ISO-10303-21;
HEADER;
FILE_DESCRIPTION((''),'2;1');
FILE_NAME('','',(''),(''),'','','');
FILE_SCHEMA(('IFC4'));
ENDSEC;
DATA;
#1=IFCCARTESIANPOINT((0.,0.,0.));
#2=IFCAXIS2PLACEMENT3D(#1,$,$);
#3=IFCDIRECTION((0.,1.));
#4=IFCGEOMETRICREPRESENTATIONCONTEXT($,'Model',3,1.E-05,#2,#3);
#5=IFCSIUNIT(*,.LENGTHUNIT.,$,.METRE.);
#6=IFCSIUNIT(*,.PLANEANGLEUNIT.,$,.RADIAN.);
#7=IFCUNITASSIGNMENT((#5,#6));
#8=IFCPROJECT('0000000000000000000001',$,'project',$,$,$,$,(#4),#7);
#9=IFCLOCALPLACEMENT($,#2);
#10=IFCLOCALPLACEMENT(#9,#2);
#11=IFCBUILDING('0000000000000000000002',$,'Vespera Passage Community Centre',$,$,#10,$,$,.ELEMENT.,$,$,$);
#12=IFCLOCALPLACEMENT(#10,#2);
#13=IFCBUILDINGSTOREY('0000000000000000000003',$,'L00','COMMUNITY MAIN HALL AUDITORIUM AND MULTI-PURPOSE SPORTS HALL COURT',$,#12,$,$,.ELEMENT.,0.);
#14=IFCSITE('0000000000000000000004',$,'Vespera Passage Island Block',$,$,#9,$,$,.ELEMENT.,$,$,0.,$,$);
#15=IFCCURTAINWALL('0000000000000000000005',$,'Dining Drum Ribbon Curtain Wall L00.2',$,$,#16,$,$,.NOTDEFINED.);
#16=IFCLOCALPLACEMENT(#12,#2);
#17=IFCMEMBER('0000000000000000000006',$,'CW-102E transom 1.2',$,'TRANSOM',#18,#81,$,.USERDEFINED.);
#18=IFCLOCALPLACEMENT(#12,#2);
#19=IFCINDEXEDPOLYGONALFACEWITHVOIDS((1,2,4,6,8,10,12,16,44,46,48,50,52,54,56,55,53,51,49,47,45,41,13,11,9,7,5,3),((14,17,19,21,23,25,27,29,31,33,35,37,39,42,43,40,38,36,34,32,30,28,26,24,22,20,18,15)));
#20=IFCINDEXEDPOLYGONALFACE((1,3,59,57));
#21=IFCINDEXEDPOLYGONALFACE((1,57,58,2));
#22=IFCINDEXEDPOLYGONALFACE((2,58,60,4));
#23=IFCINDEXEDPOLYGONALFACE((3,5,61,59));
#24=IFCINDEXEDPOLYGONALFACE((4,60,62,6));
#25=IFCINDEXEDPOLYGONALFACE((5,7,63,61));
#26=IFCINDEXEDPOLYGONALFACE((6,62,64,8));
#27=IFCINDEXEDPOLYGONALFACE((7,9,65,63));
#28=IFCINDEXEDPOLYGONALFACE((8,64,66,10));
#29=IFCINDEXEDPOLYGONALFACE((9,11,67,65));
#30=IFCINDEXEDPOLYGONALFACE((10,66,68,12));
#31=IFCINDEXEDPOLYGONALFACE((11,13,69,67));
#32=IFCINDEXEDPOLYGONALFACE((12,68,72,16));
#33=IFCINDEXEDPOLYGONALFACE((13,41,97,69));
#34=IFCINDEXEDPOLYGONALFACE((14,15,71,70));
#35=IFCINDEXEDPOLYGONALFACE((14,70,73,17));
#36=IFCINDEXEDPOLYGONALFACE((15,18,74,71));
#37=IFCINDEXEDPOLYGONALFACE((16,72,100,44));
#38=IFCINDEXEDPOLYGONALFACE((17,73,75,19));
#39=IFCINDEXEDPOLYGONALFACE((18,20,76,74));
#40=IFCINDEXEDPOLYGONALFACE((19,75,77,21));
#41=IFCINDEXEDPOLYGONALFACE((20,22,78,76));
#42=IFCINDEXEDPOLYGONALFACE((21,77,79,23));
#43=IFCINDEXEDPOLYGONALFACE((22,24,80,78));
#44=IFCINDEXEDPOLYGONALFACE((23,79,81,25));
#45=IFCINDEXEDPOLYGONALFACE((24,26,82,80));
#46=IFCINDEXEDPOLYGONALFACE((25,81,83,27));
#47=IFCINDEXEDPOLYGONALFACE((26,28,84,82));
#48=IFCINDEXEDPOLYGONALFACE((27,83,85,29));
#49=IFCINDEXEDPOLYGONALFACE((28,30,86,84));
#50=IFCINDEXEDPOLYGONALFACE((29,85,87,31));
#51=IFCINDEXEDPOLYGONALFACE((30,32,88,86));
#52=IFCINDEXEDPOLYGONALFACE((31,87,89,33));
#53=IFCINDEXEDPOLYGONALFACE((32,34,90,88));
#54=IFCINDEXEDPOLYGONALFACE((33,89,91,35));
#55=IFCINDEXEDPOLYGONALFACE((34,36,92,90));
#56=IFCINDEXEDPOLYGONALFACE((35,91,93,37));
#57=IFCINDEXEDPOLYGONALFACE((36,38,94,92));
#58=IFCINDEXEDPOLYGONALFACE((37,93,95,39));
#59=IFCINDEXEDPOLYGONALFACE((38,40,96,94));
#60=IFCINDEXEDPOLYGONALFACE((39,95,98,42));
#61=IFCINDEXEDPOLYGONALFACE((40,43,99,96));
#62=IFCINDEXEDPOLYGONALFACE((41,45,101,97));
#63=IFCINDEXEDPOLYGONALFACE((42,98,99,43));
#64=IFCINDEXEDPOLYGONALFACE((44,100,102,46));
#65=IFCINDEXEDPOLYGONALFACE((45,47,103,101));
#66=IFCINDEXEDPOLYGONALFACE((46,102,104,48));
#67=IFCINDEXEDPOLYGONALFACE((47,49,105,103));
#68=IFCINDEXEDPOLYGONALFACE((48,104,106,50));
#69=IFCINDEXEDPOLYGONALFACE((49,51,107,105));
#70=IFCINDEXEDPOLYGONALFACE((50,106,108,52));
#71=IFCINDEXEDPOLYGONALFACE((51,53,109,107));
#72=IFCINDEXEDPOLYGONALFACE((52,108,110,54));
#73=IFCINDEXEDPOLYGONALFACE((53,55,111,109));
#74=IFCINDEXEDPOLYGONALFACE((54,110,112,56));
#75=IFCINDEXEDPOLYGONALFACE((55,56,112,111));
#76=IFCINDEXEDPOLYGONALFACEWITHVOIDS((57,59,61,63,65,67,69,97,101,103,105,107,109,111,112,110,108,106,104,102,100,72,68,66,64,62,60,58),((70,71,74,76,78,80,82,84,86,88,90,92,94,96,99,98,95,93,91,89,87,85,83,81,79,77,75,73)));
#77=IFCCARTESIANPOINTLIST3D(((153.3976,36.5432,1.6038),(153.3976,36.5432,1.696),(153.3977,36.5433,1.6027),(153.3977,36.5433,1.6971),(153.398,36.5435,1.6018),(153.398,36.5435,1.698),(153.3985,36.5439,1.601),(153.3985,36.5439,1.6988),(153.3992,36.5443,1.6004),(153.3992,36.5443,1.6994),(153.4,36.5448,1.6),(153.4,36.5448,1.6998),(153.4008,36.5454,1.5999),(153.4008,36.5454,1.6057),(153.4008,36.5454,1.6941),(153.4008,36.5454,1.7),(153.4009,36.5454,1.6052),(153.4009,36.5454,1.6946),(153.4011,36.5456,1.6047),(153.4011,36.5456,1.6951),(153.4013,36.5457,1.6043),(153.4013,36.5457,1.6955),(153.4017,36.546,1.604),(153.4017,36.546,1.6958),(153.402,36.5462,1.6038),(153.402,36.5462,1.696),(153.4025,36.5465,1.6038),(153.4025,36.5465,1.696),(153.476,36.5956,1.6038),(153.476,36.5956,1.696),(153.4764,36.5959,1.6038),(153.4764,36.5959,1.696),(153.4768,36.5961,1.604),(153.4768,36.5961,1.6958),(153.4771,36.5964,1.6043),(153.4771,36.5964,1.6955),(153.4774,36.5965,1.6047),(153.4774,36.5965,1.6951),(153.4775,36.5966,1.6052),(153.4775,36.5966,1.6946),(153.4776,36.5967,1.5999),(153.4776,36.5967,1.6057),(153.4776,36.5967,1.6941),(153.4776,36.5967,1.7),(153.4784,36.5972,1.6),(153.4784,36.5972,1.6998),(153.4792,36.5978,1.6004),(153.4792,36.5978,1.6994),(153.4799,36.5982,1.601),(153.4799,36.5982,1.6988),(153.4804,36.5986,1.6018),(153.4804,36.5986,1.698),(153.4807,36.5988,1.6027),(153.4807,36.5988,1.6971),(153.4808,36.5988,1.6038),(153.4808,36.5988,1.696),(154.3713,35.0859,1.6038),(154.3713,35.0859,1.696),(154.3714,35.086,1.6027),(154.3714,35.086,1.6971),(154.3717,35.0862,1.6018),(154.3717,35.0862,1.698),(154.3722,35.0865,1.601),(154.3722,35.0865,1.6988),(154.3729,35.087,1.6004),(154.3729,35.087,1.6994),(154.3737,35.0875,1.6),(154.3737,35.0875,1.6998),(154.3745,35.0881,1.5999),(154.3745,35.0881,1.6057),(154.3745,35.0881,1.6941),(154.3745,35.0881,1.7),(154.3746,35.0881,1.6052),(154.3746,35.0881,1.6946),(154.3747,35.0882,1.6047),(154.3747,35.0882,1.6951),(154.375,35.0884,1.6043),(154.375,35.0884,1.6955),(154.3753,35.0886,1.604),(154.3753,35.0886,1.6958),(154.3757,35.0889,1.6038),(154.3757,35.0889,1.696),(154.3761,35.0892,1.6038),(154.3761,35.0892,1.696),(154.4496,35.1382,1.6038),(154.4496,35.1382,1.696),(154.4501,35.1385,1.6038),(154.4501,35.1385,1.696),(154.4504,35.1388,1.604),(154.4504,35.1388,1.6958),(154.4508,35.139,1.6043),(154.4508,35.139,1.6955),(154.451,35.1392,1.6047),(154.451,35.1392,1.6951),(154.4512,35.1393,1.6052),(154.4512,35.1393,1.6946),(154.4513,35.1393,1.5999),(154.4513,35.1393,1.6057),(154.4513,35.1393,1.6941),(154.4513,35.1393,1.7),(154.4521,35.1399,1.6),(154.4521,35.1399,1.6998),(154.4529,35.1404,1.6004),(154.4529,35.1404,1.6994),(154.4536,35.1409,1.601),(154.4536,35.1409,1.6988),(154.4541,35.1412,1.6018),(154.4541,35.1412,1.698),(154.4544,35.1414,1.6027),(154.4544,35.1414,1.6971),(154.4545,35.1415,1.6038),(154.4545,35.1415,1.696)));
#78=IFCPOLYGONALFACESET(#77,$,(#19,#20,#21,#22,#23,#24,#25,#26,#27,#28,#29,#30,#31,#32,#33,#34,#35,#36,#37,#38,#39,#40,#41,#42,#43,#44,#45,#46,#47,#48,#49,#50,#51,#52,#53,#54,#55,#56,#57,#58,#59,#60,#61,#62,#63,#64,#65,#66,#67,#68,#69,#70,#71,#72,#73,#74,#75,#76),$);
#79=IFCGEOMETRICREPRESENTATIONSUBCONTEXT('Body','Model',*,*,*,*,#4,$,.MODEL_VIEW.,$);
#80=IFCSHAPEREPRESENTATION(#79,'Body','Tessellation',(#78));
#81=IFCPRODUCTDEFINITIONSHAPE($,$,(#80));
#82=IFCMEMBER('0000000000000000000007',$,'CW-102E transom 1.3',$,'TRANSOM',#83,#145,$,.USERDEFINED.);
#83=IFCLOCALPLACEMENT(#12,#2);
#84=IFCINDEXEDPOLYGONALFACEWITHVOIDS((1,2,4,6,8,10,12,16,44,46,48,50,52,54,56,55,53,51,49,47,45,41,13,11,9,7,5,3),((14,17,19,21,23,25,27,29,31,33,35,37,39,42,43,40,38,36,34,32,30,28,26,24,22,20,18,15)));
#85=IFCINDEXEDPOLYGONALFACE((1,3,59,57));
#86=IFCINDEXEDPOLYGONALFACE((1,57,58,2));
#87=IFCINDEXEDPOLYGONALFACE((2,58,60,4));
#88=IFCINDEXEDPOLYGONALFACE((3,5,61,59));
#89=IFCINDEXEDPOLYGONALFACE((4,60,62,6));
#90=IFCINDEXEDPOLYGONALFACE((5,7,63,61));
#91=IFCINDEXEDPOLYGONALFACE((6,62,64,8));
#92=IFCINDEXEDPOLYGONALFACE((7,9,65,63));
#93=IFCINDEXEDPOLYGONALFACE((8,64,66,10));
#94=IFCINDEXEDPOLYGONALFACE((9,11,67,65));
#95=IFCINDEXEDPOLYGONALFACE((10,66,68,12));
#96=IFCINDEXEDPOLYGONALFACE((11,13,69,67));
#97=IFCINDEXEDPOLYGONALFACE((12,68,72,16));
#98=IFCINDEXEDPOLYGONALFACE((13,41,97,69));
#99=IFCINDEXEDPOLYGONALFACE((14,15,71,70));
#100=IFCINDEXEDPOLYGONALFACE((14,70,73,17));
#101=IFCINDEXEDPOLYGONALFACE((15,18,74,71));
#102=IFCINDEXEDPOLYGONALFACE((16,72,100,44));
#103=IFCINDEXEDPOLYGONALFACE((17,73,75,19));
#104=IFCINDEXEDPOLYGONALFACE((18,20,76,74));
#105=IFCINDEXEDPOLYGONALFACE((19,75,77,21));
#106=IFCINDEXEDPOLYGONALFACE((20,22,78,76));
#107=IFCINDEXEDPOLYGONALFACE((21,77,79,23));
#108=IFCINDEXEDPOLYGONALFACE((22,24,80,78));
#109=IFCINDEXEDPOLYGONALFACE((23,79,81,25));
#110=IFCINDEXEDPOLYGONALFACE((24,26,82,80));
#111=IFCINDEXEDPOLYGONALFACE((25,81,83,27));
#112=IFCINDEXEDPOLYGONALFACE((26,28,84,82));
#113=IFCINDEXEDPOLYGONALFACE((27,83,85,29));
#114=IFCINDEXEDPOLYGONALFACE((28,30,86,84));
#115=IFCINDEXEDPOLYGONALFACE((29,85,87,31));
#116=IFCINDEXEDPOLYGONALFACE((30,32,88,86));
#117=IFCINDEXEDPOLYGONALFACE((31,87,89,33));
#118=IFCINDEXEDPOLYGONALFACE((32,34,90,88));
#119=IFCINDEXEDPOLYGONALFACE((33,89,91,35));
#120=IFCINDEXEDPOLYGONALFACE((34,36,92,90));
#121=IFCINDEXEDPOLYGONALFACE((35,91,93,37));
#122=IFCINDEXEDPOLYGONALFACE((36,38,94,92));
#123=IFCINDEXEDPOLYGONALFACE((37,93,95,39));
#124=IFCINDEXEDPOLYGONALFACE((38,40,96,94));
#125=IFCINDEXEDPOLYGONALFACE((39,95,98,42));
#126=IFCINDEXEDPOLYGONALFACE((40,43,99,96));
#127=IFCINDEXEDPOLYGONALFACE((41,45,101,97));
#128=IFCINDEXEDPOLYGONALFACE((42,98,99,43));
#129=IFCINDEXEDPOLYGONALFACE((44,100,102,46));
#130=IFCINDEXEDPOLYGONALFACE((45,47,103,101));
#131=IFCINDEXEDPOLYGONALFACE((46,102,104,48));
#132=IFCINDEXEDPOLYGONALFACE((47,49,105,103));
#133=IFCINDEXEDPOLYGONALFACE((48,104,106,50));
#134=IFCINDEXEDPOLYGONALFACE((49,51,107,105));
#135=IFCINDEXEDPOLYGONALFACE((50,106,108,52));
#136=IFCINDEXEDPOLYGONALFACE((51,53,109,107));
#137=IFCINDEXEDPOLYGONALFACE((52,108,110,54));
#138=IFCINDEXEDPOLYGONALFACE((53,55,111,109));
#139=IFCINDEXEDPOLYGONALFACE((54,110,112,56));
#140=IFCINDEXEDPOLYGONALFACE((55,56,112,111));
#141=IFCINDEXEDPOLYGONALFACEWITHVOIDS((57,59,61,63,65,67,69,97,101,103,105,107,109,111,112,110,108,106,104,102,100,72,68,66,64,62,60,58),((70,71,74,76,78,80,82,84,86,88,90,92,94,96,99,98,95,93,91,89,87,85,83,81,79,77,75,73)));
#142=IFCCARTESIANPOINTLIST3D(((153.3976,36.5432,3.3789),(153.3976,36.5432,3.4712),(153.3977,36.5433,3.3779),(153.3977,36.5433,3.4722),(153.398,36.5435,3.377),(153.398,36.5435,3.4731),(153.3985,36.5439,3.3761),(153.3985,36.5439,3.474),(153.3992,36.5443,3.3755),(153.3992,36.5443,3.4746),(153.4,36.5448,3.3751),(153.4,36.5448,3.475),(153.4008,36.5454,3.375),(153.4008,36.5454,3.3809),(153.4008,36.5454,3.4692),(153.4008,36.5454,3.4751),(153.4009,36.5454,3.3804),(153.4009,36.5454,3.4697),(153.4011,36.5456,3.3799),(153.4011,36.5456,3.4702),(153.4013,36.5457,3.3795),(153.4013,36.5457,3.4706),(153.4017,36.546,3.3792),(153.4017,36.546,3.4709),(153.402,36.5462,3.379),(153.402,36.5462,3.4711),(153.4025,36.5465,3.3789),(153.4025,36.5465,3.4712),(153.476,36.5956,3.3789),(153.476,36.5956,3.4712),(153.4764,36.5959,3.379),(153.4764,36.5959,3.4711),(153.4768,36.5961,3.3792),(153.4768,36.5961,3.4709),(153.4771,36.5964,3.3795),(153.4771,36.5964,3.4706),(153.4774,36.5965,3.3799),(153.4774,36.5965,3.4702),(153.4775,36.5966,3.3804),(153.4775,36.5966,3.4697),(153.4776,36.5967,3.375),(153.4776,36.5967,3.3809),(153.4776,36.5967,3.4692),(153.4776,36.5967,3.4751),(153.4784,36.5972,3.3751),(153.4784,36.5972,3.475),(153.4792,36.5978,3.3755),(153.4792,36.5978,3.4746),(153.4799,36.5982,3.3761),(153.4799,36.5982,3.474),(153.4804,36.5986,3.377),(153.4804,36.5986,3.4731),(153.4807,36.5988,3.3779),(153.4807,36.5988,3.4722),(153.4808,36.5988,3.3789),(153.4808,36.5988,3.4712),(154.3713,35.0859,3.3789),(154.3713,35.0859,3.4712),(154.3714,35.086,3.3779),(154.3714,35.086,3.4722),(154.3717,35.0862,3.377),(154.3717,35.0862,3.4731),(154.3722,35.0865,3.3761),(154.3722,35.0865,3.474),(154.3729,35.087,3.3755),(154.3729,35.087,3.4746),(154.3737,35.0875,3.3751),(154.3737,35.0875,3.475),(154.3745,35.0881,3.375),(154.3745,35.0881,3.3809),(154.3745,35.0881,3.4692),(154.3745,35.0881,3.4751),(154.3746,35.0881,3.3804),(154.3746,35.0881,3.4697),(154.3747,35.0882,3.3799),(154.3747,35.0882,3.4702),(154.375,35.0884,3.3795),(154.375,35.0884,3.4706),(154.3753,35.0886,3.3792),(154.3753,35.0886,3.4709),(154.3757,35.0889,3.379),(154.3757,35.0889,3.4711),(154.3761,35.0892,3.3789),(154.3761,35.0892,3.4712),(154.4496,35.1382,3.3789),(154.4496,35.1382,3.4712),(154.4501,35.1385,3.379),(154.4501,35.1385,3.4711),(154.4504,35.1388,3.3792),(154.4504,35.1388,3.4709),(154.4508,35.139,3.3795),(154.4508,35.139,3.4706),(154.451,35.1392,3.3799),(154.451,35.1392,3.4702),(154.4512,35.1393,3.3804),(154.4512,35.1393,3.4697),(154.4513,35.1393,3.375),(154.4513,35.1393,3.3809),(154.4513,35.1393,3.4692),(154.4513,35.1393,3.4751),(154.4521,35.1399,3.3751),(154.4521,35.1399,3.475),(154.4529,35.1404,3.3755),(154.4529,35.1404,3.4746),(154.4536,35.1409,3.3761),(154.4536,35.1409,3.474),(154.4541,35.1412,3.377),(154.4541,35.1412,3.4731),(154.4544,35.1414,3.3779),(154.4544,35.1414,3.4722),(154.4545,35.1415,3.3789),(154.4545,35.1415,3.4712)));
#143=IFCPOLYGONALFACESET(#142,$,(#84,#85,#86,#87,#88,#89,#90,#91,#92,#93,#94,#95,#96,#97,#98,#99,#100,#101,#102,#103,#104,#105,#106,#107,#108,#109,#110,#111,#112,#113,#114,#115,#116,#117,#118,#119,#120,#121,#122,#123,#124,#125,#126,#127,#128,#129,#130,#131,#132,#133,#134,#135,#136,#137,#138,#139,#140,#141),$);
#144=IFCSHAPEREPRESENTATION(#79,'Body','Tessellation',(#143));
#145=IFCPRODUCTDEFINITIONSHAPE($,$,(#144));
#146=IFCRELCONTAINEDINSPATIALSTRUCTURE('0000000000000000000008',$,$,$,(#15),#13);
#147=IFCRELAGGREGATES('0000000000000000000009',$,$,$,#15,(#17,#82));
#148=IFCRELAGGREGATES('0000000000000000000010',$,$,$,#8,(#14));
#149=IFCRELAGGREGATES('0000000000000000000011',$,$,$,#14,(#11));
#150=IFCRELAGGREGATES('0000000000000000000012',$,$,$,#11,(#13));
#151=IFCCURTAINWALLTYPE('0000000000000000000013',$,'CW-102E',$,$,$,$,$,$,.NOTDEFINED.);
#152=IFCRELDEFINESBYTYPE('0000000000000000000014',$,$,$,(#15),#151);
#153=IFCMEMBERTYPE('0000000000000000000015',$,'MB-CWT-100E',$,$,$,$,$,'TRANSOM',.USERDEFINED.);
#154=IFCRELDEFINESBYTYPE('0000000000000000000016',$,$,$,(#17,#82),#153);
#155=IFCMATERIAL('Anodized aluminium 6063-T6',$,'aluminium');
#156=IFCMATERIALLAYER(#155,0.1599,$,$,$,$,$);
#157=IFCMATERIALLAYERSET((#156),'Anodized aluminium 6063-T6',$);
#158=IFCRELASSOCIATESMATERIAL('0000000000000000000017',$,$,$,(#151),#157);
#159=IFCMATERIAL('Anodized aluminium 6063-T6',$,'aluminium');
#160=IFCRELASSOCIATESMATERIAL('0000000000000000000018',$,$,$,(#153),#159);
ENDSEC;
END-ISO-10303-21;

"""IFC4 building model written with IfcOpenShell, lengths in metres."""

from ifc_helpers import new_model, si_unit, direction, frame, origin, origin_2d, place, context, subcontext, project, spatial, hollow_rectangle, extrude, material, layer, layer_set, material_profile, profile_set, type_object, element, aggregate, save


model = new_model("IFC4")

# Units and contexts
model_context = context("Model", 3, precision=1e-05, world=origin(), true_north=direction((0.0, 1.0)))
body_context = subcontext(model_context, "Body", "Model", "MODEL_VIEW")
ifc_project = project(units=[si_unit("LENGTHUNIT", "METRE"), si_unit("PLANEANGLEUNIT", "RADIAN")], contexts=[model_context])

# Site, building, storey
site_placement = place(None, origin())
site = spatial("IfcSite", under=ifc_project, at=site_placement, Name="Vespera Passage Island Block", CompositionType="ELEMENT", RefElevation=0.0)
building_placement = place(site_placement, origin())
building = spatial("IfcBuilding", under=site, at=building_placement, Name="Vespera Passage Community Centre", CompositionType="ELEMENT")
storey_placement = place(building_placement, origin())
storey = spatial("IfcBuildingStorey", under=building, at=storey_placement, Name="L00", Description="COMMUNITY MAIN HALL AUDITORIUM AND MULTI-PURPOSE SPORTS HALL COURT", CompositionType="ELEMENT", Elevation=0.0)

# Curtain wall
ifc_material_1 = material(Name="Anodized aluminium 6063-T6", Category="aluminium")
ifc_layer_1 = layer(ifc_material_1, 0.1599)
ifc_layer_set_1 = layer_set([ifc_layer_1], Name="Anodized aluminium 6063-T6")
curtain_wall_type_1 = type_object("IfcCurtainWallType", Name="CW-102E", PredefinedType="NOTDEFINED", material=ifc_layer_set_1)
curtain_wall_1_placement = place(storey_placement, origin())
curtain_wall_1 = element("IfcCurtainWall", 1, at=curtain_wall_1_placement, inside=storey, type_object=curtain_wall_type_1, Name="Dining Drum Ribbon Curtain Wall L00.2", PredefinedType="NOTDEFINED")

# Members
ifc_material_2 = material(Name="Anodized aluminium 6063-T6", Category="aluminium")
ifc_material_profile_1 = material_profile(ifc_material_2, hollow_rectangle(XDim=0.1001, YDim=0.1001, WallThickness=0.0039, InnerFilletRadius=0.002, OuterFilletRadius=0.0039, at=origin_2d()), Name="ALU100X100X4")
ifc_profile_set_1 = profile_set([ifc_material_profile_1], Name="Anodized aluminium 6063-T6")
member_type_1 = type_object("IfcMemberType", Name="MB-CWT-100E", ElementType="TRANSOM", PredefinedType="USERDEFINED", material=ifc_profile_set_1)
member_1_placement = place(storey_placement, frame((153.4392, 36.571, 1.6499), z_axis=(0.555536, -0.831493, 0.0), x_axis=(0.831493, 0.555536, 0.0)))
member_1 = element("IfcMember", 2, at=member_1_placement, type_object=member_type_1, Name="CW-102E transom 1.2", ObjectType="TRANSOM", PredefinedType="USERDEFINED", context=body_context, shape_type="SweptSolid", body=[
    extrude(hollow_rectangle(XDim=0.1001, YDim=0.1001, WallThickness=0.0039, InnerFilletRadius=0.002, OuterFilletRadius=0.0039, at=origin_2d()), origin(), (0.0, 0.0, 1.0), 1.7527),
])
member_2_placement = place(storey_placement, frame((153.4392, 36.571, 3.425), z_axis=(0.555536, -0.831493, 0.0), x_axis=(0.831493, 0.555536, 0.0)))
member_2 = element("IfcMember", 3, at=member_2_placement, type_object=member_type_1, Name="CW-102E transom 1.3", ObjectType="TRANSOM", PredefinedType="USERDEFINED", context=body_context, shape_type="SweptSolid", body=[
    extrude(hollow_rectangle(XDim=0.1001, YDim=0.1001, WallThickness=0.0039, InnerFilletRadius=0.002, OuterFilletRadius=0.0039, at=origin_2d()), origin(), (0.0, 0.0, 1.0), 1.7527),
])
aggregate(curtain_wall_1, [member_1, member_2])

save(model, "model.ifc")
